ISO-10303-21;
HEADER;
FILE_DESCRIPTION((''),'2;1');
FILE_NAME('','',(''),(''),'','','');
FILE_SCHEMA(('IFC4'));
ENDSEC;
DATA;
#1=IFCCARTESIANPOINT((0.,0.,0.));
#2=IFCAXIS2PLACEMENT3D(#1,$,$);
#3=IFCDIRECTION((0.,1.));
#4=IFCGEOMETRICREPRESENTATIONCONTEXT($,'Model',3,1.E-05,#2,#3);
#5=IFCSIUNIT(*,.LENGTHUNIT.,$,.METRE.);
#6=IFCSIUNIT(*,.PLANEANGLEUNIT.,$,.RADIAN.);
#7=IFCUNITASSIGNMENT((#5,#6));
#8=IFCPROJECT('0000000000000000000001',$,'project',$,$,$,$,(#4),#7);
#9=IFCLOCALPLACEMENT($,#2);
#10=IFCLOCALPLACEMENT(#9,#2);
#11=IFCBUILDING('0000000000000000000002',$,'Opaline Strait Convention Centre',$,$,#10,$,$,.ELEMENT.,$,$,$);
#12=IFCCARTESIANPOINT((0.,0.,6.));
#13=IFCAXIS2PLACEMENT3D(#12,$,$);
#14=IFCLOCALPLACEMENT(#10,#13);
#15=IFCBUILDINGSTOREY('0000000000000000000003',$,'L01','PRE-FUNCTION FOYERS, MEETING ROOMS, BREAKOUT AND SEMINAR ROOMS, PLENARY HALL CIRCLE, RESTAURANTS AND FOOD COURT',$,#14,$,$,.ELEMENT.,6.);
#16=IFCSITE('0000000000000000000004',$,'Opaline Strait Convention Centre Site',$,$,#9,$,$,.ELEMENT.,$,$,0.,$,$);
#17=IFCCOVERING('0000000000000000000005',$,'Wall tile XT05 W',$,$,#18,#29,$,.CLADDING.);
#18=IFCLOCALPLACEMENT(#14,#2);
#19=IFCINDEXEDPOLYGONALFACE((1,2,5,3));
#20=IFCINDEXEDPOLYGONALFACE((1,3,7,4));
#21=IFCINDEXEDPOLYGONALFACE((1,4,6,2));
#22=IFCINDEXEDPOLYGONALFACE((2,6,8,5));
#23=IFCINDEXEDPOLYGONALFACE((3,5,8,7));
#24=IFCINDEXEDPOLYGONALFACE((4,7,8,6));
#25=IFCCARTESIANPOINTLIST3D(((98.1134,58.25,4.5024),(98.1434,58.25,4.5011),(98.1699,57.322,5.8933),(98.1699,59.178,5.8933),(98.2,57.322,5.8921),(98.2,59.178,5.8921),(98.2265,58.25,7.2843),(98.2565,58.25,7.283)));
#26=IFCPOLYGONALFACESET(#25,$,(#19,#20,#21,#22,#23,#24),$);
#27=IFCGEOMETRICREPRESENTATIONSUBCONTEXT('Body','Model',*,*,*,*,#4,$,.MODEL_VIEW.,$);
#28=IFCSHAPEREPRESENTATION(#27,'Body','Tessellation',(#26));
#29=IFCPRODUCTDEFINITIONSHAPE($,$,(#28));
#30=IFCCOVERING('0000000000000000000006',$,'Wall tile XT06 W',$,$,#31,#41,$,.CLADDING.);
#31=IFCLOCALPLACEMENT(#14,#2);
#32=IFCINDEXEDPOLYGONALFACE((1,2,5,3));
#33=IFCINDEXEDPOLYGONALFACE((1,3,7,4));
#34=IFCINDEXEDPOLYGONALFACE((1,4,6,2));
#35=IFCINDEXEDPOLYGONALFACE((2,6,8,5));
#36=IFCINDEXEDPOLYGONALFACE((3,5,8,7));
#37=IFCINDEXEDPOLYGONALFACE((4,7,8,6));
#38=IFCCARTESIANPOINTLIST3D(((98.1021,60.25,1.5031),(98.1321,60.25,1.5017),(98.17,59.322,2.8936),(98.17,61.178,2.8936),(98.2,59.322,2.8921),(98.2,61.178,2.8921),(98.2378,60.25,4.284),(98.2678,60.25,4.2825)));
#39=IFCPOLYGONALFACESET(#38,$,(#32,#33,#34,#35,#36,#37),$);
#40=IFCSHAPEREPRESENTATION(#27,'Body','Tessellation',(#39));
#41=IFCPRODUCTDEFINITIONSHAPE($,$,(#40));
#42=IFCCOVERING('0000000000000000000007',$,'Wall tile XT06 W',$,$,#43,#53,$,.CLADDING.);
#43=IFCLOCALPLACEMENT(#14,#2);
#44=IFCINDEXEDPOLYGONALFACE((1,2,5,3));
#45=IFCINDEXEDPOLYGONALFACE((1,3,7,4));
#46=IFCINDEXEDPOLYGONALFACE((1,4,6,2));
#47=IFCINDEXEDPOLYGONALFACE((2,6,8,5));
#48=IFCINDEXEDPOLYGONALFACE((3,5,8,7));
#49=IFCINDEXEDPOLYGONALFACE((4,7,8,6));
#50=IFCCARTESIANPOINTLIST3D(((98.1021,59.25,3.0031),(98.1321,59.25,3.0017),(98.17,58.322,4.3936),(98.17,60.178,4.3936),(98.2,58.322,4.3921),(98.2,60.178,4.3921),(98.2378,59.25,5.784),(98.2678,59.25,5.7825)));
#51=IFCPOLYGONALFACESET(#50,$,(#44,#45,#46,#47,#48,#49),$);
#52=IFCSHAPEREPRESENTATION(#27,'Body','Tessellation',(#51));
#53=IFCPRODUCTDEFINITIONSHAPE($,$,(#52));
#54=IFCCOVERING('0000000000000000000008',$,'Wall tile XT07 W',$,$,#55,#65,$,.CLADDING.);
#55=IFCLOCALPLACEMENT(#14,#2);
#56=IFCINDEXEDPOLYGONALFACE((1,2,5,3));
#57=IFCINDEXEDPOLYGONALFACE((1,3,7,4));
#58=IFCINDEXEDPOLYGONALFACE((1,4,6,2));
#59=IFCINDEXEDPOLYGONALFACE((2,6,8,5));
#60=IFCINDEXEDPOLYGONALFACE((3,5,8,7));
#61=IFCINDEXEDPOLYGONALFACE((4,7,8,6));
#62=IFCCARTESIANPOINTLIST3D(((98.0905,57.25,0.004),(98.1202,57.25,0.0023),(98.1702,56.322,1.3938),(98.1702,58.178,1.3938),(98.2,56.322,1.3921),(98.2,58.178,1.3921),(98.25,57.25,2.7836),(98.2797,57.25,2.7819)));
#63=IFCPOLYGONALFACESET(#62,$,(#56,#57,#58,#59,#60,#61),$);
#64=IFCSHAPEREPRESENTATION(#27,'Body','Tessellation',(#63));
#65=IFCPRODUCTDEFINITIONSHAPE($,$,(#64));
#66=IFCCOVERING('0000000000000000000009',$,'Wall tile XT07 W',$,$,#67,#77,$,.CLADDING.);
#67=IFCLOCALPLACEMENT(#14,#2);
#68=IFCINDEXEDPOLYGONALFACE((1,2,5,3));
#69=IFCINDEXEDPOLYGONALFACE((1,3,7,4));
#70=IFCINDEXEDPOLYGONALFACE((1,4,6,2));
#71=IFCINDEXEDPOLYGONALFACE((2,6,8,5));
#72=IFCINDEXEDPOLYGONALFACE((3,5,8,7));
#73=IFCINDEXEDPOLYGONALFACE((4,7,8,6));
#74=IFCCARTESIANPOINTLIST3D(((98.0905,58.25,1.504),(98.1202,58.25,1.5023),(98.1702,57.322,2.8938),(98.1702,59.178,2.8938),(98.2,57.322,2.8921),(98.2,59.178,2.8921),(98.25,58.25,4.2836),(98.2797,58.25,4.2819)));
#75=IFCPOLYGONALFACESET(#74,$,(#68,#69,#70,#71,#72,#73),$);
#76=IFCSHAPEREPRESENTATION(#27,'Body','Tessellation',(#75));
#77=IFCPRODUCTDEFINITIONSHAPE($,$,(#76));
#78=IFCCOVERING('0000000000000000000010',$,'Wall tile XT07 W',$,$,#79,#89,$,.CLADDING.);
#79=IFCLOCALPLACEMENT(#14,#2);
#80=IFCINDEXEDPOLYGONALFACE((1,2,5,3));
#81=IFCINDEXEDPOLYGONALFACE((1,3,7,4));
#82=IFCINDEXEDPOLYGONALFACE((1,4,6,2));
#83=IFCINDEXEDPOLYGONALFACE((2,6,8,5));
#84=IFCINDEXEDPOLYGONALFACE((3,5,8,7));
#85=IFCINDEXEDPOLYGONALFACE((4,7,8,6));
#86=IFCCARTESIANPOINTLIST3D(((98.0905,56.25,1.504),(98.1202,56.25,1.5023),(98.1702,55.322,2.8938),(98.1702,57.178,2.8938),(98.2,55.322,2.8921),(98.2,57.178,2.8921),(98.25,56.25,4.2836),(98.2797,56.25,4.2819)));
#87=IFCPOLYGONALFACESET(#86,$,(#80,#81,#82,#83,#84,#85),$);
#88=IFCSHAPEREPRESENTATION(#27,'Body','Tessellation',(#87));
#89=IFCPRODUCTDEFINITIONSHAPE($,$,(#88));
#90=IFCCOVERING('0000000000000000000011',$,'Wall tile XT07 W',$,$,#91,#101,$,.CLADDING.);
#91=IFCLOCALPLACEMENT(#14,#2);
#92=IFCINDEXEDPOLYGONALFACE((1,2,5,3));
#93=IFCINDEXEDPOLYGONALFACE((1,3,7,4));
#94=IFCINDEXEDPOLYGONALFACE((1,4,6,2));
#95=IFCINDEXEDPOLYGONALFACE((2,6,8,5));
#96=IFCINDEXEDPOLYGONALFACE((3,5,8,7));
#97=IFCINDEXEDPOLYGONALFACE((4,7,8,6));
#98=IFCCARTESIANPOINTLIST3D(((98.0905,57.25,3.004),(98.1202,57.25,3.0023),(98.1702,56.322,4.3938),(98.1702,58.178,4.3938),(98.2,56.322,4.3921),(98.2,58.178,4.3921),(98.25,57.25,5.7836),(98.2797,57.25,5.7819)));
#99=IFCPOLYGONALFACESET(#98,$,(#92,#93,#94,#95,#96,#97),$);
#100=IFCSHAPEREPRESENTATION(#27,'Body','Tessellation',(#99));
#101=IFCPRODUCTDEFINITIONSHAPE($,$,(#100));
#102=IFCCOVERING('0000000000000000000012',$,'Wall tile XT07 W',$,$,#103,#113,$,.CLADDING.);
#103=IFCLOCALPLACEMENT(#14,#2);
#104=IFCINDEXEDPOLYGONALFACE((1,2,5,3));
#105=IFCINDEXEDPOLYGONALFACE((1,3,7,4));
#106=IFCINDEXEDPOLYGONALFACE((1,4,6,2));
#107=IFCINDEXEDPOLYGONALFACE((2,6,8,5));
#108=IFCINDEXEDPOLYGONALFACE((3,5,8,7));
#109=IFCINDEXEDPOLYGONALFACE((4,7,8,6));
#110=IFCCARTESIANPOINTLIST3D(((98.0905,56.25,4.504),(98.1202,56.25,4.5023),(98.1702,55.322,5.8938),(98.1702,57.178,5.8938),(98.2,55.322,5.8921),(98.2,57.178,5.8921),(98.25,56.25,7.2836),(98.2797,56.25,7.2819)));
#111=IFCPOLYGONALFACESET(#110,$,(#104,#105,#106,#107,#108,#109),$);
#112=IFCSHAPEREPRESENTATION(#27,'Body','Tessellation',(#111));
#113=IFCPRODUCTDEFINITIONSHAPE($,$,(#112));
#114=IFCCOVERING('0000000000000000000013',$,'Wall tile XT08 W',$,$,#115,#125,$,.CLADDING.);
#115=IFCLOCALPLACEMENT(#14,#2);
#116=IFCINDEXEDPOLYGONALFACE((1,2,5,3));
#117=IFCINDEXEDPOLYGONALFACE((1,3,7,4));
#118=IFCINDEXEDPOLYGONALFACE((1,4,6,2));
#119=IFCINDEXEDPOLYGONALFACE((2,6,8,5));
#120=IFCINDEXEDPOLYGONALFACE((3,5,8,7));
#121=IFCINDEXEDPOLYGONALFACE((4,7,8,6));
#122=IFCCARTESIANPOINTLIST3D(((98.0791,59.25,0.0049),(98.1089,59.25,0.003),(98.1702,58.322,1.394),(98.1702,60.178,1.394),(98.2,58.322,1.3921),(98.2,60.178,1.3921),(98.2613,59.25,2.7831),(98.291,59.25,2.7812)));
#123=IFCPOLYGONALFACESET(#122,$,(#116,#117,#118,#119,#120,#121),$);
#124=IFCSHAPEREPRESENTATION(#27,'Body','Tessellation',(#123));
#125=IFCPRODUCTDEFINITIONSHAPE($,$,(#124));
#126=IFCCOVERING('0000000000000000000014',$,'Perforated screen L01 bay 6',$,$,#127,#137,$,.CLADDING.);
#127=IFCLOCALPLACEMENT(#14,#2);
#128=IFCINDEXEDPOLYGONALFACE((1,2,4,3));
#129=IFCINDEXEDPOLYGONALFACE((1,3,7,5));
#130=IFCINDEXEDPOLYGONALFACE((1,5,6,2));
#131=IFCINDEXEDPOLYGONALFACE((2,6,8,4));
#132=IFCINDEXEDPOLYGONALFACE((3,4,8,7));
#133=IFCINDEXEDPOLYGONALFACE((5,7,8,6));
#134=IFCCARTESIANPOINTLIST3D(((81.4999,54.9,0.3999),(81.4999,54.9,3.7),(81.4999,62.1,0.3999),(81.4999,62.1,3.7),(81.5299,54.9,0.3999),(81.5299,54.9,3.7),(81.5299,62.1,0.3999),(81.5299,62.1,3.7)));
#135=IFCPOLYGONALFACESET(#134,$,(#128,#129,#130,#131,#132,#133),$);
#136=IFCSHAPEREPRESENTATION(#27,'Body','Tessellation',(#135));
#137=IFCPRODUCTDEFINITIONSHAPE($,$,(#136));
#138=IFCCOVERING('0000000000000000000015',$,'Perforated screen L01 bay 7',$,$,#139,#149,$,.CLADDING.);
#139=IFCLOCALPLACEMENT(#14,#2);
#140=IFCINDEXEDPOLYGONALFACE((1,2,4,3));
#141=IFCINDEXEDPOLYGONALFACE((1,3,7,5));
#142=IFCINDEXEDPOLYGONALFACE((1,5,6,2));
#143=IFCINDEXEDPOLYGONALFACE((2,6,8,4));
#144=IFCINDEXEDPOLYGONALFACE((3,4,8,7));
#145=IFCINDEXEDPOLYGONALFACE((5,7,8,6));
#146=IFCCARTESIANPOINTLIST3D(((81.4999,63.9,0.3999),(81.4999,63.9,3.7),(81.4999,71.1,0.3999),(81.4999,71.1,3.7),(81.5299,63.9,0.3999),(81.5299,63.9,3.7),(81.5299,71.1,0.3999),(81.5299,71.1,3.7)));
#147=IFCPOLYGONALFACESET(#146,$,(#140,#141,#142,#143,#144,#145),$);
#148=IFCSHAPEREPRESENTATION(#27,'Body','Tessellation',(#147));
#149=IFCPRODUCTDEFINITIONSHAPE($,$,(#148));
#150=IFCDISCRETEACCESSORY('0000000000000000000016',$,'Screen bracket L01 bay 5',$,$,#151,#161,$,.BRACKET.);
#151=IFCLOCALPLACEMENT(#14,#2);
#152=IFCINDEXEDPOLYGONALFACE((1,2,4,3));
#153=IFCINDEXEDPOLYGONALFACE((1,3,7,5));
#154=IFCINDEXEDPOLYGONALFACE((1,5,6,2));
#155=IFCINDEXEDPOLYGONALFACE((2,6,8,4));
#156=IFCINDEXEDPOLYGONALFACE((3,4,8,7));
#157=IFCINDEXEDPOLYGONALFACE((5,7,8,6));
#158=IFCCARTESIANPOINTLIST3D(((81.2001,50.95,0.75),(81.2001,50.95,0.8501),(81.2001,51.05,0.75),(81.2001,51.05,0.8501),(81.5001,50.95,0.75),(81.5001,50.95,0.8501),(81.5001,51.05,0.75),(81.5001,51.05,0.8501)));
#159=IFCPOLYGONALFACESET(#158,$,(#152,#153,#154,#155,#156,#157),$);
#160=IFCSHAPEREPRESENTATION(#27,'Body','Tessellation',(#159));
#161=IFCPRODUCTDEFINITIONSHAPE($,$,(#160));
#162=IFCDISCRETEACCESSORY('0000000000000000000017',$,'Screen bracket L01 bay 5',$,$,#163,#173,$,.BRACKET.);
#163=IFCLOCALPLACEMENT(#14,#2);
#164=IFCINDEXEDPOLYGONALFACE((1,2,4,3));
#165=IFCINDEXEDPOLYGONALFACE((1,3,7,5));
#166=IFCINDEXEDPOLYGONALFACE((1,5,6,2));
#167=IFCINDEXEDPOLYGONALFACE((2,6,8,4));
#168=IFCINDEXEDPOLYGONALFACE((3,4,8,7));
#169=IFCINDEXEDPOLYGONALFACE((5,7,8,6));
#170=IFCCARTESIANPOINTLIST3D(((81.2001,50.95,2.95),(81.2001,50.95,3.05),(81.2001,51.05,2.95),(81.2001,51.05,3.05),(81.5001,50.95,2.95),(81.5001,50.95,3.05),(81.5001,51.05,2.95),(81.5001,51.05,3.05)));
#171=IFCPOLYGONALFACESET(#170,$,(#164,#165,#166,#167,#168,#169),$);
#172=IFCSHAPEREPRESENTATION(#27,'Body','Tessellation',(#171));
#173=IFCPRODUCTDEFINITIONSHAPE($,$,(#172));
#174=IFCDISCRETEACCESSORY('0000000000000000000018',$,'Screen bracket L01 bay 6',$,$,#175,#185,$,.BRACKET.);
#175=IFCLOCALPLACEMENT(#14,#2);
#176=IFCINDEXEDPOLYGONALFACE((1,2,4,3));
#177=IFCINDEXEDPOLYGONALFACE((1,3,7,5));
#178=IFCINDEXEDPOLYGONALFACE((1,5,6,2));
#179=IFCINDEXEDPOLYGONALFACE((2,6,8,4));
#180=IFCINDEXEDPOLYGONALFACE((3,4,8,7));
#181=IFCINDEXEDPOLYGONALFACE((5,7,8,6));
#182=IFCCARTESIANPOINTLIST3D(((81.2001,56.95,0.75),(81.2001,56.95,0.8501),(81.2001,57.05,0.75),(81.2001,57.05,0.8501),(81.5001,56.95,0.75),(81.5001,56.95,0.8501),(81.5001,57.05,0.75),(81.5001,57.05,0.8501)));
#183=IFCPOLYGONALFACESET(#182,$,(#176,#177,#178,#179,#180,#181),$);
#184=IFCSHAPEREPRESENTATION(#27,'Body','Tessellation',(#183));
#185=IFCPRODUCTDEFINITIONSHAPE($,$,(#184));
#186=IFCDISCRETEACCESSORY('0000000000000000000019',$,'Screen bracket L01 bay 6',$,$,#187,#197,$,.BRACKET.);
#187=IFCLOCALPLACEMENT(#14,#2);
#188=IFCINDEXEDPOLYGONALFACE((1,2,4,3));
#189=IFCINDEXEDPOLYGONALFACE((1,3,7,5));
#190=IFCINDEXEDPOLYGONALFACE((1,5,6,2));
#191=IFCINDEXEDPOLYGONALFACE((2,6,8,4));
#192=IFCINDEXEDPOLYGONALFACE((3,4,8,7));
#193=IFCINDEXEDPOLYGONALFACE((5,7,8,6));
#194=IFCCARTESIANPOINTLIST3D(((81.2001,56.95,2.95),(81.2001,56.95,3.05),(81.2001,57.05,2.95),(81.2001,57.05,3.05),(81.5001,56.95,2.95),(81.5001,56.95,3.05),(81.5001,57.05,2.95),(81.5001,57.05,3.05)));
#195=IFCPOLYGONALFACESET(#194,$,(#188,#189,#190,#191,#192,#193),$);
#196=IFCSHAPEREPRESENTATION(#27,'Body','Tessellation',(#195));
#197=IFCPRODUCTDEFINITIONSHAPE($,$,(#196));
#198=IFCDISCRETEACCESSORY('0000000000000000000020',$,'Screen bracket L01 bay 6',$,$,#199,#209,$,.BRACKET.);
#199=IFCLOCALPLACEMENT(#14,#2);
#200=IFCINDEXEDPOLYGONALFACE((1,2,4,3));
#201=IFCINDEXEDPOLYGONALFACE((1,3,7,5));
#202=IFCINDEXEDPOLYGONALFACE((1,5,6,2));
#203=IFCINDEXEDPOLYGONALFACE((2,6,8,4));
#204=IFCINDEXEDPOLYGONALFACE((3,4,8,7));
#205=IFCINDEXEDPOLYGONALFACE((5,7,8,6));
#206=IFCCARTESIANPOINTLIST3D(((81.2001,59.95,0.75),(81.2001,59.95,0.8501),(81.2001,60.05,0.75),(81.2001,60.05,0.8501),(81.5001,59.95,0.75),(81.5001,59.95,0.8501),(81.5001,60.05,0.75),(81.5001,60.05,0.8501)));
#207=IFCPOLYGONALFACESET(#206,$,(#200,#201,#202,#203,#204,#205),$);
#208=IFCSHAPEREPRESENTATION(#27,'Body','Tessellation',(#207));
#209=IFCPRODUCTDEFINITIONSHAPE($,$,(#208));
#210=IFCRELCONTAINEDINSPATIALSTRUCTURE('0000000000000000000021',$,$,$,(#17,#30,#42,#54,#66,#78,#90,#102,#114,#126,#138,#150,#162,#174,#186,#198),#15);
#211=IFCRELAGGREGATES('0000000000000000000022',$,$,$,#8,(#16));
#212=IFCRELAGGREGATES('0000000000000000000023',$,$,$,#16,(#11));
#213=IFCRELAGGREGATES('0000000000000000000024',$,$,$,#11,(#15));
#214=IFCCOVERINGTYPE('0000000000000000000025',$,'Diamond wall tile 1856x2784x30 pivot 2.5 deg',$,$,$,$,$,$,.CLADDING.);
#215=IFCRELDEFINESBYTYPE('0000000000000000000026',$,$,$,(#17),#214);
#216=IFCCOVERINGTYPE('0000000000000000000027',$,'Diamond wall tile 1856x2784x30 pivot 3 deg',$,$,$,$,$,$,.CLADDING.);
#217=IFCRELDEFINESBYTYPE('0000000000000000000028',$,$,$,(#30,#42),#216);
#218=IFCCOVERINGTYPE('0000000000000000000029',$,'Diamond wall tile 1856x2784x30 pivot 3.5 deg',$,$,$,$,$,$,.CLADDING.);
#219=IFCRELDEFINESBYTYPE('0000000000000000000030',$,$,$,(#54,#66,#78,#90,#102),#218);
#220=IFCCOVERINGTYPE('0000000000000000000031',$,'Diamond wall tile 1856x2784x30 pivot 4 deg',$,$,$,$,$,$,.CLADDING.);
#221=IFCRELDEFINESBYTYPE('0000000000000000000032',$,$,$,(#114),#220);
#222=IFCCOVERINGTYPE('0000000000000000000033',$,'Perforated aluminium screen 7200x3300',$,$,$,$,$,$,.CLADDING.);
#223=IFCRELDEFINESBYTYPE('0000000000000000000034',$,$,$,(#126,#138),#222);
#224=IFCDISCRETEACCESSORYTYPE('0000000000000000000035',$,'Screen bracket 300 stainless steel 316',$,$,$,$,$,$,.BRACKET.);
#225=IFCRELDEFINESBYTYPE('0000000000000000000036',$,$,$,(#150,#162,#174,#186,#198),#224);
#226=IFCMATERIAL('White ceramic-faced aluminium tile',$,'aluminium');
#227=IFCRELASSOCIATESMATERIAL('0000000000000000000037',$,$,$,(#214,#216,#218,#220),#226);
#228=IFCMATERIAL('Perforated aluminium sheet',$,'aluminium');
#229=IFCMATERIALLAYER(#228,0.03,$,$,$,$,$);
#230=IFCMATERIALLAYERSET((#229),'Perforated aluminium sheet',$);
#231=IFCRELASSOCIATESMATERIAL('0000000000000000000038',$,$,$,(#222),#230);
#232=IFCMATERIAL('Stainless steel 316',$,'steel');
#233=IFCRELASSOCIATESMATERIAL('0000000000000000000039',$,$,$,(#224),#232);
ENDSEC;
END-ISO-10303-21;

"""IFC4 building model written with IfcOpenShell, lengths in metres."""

from ifc_helpers import new_model, si_unit, direction, frame, origin, origin_2d, place, context, subcontext, project, spatial, polyline, rectangle, outline, extrude, material, layer, layer_set, material_profile, profile_set, type_object, element, save


model = new_model("IFC4")

# Units and contexts
model_context = context("Model", 3, precision=1e-05, world=origin(), true_north=direction((0.0, 1.0)))
body_context = subcontext(model_context, "Body", "Model", "MODEL_VIEW")
ifc_project = project(units=[si_unit("LENGTHUNIT", "METRE"), si_unit("PLANEANGLEUNIT", "RADIAN")], contexts=[model_context])

# Site, building, storey
site_placement = place(None, origin())
site = spatial("IfcSite", under=ifc_project, at=site_placement, Name="Opaline Strait Convention Centre Site", CompositionType="ELEMENT", RefElevation=0.0)
building_placement = place(site_placement, origin())
building = spatial("IfcBuilding", under=site, at=building_placement, Name="Opaline Strait Convention Centre", CompositionType="ELEMENT")
storey_placement = place(building_placement, frame((0.0, 0.0, 6.0)))
storey = spatial("IfcBuildingStorey", under=building, at=storey_placement, Name="L01", Description="PRE-FUNCTION FOYERS, MEETING ROOMS, BREAKOUT AND SEMINAR ROOMS, PLENARY HALL CIRCLE, RESTAURANTS AND FOOD COURT", CompositionType="ELEMENT", Elevation=6.0)

# Coverings
ifc_material_1 = material(Name="White ceramic-faced aluminium tile", Category="aluminium")
ifc_material_profile_1 = material_profile(ifc_material_1, outline(polyline([(0.928, 0.0), (0.0, 1.3921), (-0.928, 0.0), (0.0, -1.3921), (0.928, 0.0)])), Name="Diamond tile 1856x2784")
ifc_profile_set_1 = profile_set([ifc_material_profile_1], Name="White ceramic-faced aluminium tile")
covering_type_1 = type_object("IfcCoveringType", Name="Diamond wall tile 1856x2784x30 pivot 2.5 deg", PredefinedType="CLADDING", material=ifc_profile_set_1)
covering_1_placement = place(storey_placement, frame((98.2, 58.25, 5.8921), z_axis=(-0.999175, 0.0, 0.040617), x_axis=(0.0, -1.0, 0.0)))
element("IfcCovering", 1, at=covering_1_placement, inside=storey, type_object=covering_type_1, Name="Wall tile XT05 W", PredefinedType="CLADDING", context=body_context, shape_type="SweptSolid", body=[
    extrude(outline(polyline([(0.928, 0.0), (0.0, 1.3921), (-0.928, 0.0), (0.0, -1.3921), (0.928, 0.0)])), origin(), (0.0, 0.0, 1.0), 0.03),
])
ifc_material_profile_2 = material_profile(ifc_material_1, outline(polyline([(0.928, 0.0), (0.0, 1.3921), (-0.928, 0.0), (0.0, -1.3921), (0.928, 0.0)])), Name="Diamond tile 1856x2784")
ifc_profile_set_2 = profile_set([ifc_material_profile_2], Name="White ceramic-faced aluminium tile")
covering_type_2 = type_object("IfcCoveringType", Name="Diamond wall tile 1856x2784x30 pivot 3 deg", PredefinedType="CLADDING", material=ifc_profile_set_2)
for number, where, z_axis, x_axis, name in (
    (2, (98.2, 60.25, 2.8921), (-0.998812, 0.0, 0.048723), (0.0, -1.0, 0.0), "Wall tile XT06 W"),
    (3, (98.2, 59.25, 4.3921), (-0.998812, 0.0, 0.048723), (0.0, -1.0, 0.0), "Wall tile XT06 W"),
):
    element("IfcCovering", number, at=place(storey_placement, frame(where, z_axis=z_axis, x_axis=x_axis)), inside=storey, type_object=covering_type_2, Name=name, PredefinedType="CLADDING", context=body_context, shape_type="SweptSolid", body=[
        extrude(outline(polyline([(0.928, 0.0), (0.0, 1.3921), (-0.928, 0.0), (0.0, -1.3921), (0.928, 0.0)])), origin(), (0.0, 0.0, 1.0), 0.03),
    ])
ifc_material_profile_3 = material_profile(ifc_material_1, outline(polyline([(0.928, 0.0), (0.0, 1.3921), (-0.928, 0.0), (0.0, -1.3921), (0.928, 0.0)])), Name="Diamond tile 1856x2784")
ifc_profile_set_3 = profile_set([ifc_material_profile_3], Name="White ceramic-faced aluminium tile")
covering_type_3 = type_object("IfcCoveringType", Name="Diamond wall tile 1856x2784x30 pivot 3.5 deg", PredefinedType="CLADDING", material=ifc_profile_set_3)
for number, where, z_axis, x_axis, name in (
    (4, (98.2, 57.25, 1.3921), (-0.998358, 0.0, 0.057283), (0.0, -1.0, 0.0), "Wall tile XT07 W"),
    (5, (98.2, 58.25, 2.8921), (-0.998358, 0.0, 0.057283), (0.0, -1.0, 0.0), "Wall tile XT07 W"),
    (6, (98.2, 56.25, 2.8921), (-0.998358, 0.0, 0.057283), (0.0, -1.0, 0.0), "Wall tile XT07 W"),
    (7, (98.2, 57.25, 4.3921), (-0.998358, 0.0, 0.057283), (0.0, -1.0, 0.0), "Wall tile XT07 W"),
    (8, (98.2, 56.25, 5.8921), (-0.998358, 0.0, 0.057283), (0.0, -1.0, 0.0), "Wall tile XT07 W"),
):
    element("IfcCovering", number, at=place(storey_placement, frame(where, z_axis=z_axis, x_axis=x_axis)), inside=storey, type_object=covering_type_3, Name=name, PredefinedType="CLADDING", context=body_context, shape_type="SweptSolid", body=[
        extrude(outline(polyline([(0.928, 0.0), (0.0, 1.3921), (-0.928, 0.0), (0.0, -1.3921), (0.928, 0.0)])), origin(), (0.0, 0.0, 1.0), 0.0298),
    ])
ifc_material_profile_4 = material_profile(ifc_material_1, outline(polyline([(0.928, 0.0), (0.0, 1.3921), (-0.928, 0.0), (0.0, -1.3921), (0.928, 0.0)])), Name="Diamond tile 1856x2784")
ifc_profile_set_4 = profile_set([ifc_material_profile_4], Name="White ceramic-faced aluminium tile")
covering_type_4 = type_object("IfcCoveringType", Name="Diamond wall tile 1856x2784x30 pivot 4 deg", PredefinedType="CLADDING", material=ifc_profile_set_4)
covering_2_placement = place(storey_placement, frame((98.2, 59.25, 1.3921), z_axis=(-0.997857, 0.0, 0.065433), x_axis=(0.0, -1.0, 0.0)))
element("IfcCovering", 9, at=covering_2_placement, inside=storey, type_object=covering_type_4, Name="Wall tile XT08 W", PredefinedType="CLADDING", context=body_context, shape_type="SweptSolid", body=[
    extrude(outline(polyline([(0.928, 0.0), (0.0, 1.3921), (-0.928, 0.0), (0.0, -1.3921), (0.928, 0.0)])), origin(), (0.0, 0.0, 1.0), 0.0298),
])
ifc_material_2 = material(Name="Perforated aluminium sheet", Category="aluminium")
ifc_layer_1 = layer(ifc_material_2, 0.03)
ifc_layer_set_1 = layer_set([ifc_layer_1], Name="Perforated aluminium sheet")
covering_type_5 = type_object("IfcCoveringType", Name="Perforated aluminium screen 7200x3300", PredefinedType="CLADDING", material=ifc_layer_set_1)
for number, where, z_axis, x_axis, name in (
    (10, (81.5149, 58.5, 0.3999), (0.0, 0.0, 1.0), (1.0, 0.0, 0.0), "Perforated screen L01 bay 6"),
    (11, (81.5149, 67.5, 0.3999), (0.0, 0.0, 1.0), (1.0, 0.0, 0.0), "Perforated screen L01 bay 7"),
):
    element("IfcCovering", number, at=place(storey_placement, frame(where, z_axis=z_axis, x_axis=x_axis)), inside=storey, type_object=covering_type_5, Name=name, PredefinedType="CLADDING", context=body_context, shape_type="SweptSolid", body=[
        extrude(rectangle(XDim=0.03, YDim=7.2, at=origin_2d()), origin(), (0.0, 0.0, 1.0), 3.3),
    ])

# Discrete accessories
ifc_material_3 = material(Name="Stainless steel 316", Category="steel")
discrete_accessory_type = type_object("IfcDiscreteAccessoryType", Name="Screen bracket 300 stainless steel 316", PredefinedType="BRACKET", material=ifc_material_3)
for number, where, z_axis, x_axis, name in (
    (12, (81.3501, 51.0, 0.75), (0.0, 0.0, 1.0), (1.0, 0.0, 0.0), "Screen bracket L01 bay 5"),
    (13, (81.3501, 51.0, 2.95), (0.0, 0.0, 1.0), (1.0, 0.0, 0.0), "Screen bracket L01 bay 5"),
    (14, (81.3501, 57.0, 0.75), (0.0, 0.0, 1.0), (1.0, 0.0, 0.0), "Screen bracket L01 bay 6"),
    (15, (81.3501, 57.0, 2.95), (0.0, 0.0, 1.0), (1.0, 0.0, 0.0), "Screen bracket L01 bay 6"),
    (16, (81.3501, 60.0, 0.75), (0.0, 0.0, 1.0), (1.0, 0.0, 0.0), "Screen bracket L01 bay 6"),
):
    element("IfcDiscreteAccessory", number, at=place(storey_placement, frame(where, z_axis=z_axis, x_axis=x_axis)), inside=storey, type_object=discrete_accessory_type, Name=name, PredefinedType="BRACKET", context=body_context, shape_type="SweptSolid", body=[
        extrude(rectangle(XDim=0.3, YDim=0.1001, at=origin_2d()), origin(), (0.0, 0.0, 1.0), 0.1001),
    ])

save(model, "model.ifc")
